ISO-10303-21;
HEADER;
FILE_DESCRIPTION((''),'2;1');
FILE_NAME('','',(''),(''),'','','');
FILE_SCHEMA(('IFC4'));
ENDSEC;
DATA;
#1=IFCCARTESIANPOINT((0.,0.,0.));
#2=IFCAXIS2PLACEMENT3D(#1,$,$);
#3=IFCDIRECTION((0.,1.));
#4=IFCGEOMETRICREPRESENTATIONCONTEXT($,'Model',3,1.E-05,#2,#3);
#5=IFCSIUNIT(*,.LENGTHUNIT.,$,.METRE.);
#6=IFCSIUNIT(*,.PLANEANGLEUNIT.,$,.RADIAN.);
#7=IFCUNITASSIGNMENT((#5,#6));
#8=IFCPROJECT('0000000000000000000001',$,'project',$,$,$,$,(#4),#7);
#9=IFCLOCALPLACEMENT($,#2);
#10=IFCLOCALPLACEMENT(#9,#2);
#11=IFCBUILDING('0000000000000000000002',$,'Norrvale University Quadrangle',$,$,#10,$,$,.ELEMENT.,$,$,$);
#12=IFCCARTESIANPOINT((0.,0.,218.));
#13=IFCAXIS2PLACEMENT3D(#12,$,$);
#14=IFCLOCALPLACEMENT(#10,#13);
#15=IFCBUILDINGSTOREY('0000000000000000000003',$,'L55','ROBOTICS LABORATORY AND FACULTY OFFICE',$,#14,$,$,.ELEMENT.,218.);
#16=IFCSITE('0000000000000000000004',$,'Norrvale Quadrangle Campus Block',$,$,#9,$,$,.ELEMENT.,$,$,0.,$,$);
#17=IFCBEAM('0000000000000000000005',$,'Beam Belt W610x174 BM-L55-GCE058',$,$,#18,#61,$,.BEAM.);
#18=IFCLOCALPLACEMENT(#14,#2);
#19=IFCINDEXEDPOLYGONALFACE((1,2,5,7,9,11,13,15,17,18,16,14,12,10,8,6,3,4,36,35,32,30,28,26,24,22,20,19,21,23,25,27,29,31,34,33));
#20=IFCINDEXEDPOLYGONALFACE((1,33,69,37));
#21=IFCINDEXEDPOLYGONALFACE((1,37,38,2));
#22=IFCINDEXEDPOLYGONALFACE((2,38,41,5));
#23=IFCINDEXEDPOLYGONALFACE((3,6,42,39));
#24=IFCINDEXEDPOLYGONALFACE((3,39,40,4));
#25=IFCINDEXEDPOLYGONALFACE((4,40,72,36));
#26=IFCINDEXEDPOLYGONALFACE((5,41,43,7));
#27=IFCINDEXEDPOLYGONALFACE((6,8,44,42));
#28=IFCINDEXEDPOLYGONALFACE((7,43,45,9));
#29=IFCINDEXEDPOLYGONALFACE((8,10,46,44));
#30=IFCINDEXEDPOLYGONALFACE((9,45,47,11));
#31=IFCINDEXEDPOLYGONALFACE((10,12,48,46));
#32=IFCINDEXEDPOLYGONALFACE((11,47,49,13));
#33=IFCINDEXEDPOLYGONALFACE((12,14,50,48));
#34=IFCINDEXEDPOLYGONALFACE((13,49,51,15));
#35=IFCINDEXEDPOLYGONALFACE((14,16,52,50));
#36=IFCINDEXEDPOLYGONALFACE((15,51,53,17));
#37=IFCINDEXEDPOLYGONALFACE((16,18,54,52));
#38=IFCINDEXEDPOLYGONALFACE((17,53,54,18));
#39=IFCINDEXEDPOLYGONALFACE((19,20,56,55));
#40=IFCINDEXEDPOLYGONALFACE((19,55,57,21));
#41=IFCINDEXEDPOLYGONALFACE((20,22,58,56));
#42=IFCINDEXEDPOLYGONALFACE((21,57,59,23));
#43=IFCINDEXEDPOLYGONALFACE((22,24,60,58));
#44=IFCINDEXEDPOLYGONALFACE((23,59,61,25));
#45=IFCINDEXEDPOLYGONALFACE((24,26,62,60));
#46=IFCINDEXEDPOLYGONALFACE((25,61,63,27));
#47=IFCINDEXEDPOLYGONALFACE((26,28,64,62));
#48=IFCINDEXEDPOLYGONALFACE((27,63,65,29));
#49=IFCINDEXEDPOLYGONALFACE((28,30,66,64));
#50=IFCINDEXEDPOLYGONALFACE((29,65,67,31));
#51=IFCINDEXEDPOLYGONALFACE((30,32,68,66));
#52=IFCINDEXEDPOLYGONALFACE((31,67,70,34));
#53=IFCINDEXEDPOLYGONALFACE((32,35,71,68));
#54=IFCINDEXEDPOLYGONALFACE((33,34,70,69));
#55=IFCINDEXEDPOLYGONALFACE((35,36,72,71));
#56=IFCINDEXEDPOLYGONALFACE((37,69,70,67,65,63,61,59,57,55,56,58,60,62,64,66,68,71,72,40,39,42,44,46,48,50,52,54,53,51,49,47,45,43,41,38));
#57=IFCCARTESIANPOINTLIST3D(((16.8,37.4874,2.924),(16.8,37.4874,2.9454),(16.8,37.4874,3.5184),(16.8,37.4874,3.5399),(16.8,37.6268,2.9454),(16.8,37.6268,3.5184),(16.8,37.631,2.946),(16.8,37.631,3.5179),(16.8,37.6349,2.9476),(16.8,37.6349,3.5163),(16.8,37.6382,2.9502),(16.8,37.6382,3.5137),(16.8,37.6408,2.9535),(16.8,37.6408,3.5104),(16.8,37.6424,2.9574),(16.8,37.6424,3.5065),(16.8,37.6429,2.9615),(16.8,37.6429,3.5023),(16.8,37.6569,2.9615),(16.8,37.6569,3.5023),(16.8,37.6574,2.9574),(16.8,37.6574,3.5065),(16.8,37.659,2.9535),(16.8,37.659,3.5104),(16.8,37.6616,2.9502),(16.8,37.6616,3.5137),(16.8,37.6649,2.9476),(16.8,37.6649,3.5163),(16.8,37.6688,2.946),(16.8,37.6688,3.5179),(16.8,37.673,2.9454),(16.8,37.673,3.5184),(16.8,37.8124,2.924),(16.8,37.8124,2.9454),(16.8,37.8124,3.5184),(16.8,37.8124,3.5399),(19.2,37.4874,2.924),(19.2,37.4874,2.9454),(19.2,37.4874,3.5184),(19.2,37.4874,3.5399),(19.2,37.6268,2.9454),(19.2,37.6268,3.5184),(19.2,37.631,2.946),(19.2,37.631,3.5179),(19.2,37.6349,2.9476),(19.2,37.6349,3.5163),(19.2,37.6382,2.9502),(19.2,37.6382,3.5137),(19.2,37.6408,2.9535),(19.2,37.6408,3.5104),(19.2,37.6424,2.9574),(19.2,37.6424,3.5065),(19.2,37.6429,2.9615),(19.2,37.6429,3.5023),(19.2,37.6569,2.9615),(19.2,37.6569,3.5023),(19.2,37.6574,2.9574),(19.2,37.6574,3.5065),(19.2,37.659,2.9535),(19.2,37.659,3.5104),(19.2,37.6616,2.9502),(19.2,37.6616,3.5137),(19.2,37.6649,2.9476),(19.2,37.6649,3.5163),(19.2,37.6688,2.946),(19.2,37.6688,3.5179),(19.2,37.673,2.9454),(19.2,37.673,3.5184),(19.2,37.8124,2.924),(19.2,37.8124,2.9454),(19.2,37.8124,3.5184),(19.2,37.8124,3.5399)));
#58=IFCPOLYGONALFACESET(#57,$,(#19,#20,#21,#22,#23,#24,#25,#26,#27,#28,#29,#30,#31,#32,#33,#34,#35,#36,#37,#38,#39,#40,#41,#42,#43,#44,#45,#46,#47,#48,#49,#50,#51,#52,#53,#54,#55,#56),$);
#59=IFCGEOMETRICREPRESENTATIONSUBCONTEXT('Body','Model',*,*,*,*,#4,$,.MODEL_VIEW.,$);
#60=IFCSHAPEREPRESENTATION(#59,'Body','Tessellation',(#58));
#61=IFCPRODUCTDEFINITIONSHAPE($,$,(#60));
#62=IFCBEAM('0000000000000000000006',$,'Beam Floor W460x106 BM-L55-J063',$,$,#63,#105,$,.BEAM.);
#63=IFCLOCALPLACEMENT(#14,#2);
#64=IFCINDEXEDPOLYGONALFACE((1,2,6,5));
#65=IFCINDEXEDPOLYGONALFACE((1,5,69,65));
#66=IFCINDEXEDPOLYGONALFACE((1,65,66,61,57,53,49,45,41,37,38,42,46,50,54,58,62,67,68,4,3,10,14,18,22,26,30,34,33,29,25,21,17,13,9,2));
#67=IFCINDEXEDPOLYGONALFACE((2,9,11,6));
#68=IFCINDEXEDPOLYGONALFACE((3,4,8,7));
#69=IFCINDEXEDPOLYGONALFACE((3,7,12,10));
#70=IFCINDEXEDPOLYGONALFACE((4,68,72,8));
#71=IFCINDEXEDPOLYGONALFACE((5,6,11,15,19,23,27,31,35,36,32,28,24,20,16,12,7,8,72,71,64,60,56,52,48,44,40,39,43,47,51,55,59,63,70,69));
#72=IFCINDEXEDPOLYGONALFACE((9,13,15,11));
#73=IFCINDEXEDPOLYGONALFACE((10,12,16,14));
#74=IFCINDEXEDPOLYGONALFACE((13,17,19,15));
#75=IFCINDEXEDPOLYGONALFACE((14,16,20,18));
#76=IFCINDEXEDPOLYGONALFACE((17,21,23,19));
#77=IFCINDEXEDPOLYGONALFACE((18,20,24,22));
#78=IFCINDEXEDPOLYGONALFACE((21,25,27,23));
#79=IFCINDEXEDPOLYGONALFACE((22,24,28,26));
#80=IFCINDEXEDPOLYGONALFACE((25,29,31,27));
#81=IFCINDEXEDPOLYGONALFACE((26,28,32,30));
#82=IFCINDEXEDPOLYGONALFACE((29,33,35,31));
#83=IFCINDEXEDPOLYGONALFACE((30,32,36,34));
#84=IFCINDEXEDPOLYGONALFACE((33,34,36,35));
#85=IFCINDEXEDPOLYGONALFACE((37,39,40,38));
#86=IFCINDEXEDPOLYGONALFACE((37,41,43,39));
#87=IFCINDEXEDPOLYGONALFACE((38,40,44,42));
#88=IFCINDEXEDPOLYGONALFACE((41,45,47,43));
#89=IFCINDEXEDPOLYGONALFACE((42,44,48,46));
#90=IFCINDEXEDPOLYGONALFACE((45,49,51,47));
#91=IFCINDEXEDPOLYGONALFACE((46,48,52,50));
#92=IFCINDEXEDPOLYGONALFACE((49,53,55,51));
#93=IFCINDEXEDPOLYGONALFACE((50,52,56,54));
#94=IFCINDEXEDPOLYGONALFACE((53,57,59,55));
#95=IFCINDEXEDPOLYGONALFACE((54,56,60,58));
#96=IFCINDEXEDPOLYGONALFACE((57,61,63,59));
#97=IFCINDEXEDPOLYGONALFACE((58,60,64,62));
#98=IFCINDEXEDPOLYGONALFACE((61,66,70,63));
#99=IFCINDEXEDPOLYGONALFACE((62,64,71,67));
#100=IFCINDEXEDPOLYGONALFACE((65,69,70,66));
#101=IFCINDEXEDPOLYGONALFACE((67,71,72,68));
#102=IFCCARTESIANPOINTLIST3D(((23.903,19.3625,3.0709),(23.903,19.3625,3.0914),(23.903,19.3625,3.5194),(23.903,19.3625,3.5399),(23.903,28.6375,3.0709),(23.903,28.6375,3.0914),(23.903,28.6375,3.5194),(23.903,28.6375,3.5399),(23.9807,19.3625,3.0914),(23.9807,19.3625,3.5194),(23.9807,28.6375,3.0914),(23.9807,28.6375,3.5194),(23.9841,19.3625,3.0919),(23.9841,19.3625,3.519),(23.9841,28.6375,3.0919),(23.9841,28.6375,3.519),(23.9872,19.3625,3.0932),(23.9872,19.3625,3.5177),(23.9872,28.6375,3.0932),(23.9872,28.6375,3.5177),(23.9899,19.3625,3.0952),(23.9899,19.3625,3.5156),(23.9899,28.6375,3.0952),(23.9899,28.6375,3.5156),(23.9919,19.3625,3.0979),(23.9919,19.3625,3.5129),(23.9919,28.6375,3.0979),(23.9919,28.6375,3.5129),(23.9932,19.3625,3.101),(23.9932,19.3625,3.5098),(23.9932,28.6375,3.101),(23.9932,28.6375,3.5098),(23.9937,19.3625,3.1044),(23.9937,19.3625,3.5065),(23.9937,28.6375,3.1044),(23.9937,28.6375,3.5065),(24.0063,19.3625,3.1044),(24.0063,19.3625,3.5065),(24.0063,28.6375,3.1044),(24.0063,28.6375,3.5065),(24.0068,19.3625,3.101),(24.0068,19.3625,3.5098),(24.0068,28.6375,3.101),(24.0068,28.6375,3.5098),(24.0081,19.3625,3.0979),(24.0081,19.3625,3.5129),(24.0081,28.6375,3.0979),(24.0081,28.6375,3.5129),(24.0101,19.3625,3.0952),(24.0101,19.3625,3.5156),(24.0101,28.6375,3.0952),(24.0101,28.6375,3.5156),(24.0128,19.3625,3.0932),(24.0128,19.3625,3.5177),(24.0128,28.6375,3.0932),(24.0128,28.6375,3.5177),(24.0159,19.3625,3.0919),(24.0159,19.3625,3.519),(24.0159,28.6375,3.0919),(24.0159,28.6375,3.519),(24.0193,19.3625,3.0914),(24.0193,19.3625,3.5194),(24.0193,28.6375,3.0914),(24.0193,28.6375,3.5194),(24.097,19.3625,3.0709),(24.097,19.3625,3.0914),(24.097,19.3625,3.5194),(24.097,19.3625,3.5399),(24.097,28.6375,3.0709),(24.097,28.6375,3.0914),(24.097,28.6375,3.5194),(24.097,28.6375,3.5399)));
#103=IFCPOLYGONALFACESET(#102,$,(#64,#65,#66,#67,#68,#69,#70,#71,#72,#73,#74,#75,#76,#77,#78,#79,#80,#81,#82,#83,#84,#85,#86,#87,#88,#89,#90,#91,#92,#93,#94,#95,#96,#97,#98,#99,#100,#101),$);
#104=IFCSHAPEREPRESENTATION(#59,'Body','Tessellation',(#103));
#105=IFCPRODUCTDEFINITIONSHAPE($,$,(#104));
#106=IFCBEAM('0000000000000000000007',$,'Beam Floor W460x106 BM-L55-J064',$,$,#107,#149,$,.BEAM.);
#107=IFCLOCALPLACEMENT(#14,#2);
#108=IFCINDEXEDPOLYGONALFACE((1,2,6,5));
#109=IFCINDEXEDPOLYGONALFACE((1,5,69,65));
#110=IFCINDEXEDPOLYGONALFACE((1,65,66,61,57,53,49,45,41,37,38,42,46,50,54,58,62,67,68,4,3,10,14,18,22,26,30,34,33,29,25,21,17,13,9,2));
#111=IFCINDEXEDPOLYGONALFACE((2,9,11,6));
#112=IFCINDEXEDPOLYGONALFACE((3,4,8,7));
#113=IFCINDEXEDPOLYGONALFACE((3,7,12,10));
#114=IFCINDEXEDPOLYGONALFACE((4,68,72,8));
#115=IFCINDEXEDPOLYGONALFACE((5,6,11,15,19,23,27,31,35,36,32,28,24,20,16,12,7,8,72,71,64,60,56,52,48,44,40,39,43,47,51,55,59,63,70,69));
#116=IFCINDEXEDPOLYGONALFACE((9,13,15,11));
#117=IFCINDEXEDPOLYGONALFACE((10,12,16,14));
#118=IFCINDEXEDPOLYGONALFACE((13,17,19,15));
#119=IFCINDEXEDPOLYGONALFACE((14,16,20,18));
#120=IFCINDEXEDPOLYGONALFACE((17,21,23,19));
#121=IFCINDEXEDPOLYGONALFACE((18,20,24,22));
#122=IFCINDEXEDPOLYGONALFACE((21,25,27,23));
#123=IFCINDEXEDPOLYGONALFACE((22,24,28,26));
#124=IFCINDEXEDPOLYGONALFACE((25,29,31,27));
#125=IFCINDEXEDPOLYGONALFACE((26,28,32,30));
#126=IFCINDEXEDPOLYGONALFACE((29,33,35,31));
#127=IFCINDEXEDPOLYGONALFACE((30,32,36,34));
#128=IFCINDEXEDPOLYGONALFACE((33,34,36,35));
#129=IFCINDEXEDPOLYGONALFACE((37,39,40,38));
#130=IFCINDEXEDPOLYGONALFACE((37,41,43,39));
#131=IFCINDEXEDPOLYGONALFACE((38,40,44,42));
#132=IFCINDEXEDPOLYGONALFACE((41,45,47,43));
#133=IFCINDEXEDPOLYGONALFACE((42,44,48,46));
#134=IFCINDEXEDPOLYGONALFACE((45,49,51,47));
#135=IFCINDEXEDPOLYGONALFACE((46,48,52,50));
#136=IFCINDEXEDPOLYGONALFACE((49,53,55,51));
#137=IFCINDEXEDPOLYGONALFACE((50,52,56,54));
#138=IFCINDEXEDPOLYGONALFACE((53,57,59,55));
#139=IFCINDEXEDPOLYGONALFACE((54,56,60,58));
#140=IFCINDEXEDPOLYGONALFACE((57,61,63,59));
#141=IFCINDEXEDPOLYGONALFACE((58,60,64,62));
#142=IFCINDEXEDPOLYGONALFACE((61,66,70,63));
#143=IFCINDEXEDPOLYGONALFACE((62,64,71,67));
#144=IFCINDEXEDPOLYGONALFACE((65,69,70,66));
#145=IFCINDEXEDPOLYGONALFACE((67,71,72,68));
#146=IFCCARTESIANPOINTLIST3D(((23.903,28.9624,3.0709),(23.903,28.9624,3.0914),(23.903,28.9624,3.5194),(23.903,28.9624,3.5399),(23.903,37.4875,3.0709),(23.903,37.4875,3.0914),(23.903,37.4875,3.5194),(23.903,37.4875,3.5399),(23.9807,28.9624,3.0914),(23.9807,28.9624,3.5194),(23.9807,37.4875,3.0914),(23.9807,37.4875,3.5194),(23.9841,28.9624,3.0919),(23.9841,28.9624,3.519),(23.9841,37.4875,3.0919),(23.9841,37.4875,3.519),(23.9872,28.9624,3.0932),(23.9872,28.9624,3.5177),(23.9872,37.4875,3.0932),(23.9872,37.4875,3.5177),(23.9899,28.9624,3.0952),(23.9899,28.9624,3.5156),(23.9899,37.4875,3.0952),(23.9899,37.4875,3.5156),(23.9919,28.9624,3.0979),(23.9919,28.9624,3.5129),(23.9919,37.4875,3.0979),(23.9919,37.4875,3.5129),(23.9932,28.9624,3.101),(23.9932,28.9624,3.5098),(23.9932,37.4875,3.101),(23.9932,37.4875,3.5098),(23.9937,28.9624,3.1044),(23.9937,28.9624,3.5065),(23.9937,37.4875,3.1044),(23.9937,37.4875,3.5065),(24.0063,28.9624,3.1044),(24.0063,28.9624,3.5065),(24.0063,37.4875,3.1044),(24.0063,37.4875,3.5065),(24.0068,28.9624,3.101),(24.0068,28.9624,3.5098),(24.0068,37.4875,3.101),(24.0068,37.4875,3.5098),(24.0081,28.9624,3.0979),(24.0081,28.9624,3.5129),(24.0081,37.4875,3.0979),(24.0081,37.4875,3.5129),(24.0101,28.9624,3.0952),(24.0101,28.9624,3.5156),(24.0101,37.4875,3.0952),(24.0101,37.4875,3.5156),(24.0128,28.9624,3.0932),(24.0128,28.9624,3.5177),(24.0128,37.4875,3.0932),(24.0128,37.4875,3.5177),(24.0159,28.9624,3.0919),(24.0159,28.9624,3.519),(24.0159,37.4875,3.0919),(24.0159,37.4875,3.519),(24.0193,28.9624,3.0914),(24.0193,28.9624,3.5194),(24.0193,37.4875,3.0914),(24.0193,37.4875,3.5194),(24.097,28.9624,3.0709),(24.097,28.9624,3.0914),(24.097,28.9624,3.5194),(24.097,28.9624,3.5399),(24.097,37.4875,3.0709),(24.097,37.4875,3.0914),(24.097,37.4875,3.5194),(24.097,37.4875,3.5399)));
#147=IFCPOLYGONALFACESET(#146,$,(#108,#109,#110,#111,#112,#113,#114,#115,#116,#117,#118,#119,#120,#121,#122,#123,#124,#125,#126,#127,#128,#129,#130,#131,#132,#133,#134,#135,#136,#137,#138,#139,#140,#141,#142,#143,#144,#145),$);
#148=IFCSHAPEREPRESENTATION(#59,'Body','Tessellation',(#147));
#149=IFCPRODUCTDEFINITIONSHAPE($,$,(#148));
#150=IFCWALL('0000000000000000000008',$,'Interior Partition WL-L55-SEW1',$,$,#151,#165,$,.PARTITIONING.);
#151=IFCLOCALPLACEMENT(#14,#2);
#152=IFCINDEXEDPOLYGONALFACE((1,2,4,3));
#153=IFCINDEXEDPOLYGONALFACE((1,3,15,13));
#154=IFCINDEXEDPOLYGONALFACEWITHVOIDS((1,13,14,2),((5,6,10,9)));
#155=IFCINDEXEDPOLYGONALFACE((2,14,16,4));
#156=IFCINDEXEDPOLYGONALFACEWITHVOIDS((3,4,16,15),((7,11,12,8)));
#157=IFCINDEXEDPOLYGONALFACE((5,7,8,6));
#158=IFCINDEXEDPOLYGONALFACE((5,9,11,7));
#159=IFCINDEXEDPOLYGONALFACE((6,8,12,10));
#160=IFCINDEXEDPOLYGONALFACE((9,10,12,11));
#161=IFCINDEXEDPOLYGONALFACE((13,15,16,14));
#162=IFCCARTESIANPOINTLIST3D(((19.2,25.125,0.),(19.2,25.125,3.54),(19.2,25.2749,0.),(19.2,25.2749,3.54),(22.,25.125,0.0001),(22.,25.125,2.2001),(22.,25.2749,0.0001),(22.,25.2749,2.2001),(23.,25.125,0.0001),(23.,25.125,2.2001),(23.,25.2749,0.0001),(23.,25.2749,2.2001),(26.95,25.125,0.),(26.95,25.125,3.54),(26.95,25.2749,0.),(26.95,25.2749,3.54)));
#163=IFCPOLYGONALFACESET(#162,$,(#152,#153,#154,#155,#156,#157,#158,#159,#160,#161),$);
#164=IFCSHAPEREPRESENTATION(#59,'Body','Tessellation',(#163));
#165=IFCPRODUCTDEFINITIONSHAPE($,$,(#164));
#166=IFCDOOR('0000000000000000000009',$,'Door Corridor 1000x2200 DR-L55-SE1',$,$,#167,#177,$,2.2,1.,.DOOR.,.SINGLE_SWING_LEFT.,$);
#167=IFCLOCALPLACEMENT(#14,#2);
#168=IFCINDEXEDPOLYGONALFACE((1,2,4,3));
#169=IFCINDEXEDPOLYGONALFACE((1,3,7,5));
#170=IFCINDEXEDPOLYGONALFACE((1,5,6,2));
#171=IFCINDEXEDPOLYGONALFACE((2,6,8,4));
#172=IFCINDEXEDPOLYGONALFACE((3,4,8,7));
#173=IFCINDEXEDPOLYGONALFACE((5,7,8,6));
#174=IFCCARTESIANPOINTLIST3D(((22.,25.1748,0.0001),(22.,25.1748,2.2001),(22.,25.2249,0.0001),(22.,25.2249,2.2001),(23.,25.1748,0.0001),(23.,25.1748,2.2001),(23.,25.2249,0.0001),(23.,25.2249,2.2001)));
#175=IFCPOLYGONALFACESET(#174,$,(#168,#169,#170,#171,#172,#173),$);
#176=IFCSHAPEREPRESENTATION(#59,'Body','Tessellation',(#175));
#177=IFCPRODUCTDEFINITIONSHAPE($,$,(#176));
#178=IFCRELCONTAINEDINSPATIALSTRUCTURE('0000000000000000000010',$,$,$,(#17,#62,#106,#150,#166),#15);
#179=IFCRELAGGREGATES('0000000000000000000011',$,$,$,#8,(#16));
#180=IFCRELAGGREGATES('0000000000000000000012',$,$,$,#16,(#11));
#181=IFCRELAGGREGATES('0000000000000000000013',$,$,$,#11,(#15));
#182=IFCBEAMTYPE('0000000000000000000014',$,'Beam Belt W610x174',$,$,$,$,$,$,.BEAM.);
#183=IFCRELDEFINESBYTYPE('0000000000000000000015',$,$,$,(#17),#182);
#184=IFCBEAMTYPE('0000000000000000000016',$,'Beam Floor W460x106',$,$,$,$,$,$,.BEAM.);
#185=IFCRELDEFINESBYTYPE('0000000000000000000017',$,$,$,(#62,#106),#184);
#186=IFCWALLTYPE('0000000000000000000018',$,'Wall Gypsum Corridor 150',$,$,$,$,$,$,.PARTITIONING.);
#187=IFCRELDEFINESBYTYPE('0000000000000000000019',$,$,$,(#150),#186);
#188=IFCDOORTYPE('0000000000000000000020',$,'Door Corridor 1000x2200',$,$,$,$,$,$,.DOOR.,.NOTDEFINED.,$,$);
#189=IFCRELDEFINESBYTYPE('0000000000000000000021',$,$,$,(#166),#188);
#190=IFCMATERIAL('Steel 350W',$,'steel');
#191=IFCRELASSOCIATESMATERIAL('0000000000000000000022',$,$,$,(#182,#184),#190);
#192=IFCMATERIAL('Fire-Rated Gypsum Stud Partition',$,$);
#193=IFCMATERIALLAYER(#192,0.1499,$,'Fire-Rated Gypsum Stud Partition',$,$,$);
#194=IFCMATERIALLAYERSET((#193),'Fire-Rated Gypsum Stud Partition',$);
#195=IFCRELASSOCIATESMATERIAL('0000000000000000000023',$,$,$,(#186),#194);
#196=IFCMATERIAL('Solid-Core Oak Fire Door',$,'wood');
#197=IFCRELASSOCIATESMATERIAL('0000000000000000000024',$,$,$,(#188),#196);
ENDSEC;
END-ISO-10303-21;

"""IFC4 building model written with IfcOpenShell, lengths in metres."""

from ifc_helpers import new_model, si_unit, direction, frame, frame_2d, origin, origin_2d, place, context, subcontext, project, spatial, rectangle, i_section, extrude, material, layer, layer_set, material_profile, profile_set, type_object, element, fill, save


model = new_model("IFC4")

# Units and contexts
model_context = context("Model", 3, precision=1e-05, world=origin(), true_north=direction((0.0, 1.0)))
body_context = subcontext(model_context, "Body", "Model", "MODEL_VIEW")
ifc_project = project(units=[si_unit("LENGTHUNIT", "METRE"), si_unit("PLANEANGLEUNIT", "RADIAN")], contexts=[model_context])

# Site, building, storey
site_placement = place(None, origin())
site = spatial("IfcSite", under=ifc_project, at=site_placement, Name="Norrvale Quadrangle Campus Block", CompositionType="ELEMENT", RefElevation=0.0)
building_placement = place(site_placement, origin())
building = spatial("IfcBuilding", under=site, at=building_placement, Name="Norrvale University Quadrangle", CompositionType="ELEMENT")
storey_placement = place(building_placement, frame((0.0, 0.0, 218.0)))
storey = spatial("IfcBuildingStorey", under=building, at=storey_placement, Name="L55", Description="ROBOTICS LABORATORY AND FACULTY OFFICE", CompositionType="ELEMENT", Elevation=218.0)

# Beams
ifc_material_1 = material(Name="Steel 350W", Category="steel")
ifc_material_profile_1 = material_profile(ifc_material_1, i_section(OverallWidth=0.325, OverallDepth=0.616, WebThickness=0.0139, FlangeThickness=0.0215, FilletRadius=0.0161, at=origin_2d()), Name="Steel 350W")
ifc_profile_set_1 = profile_set([ifc_material_profile_1], Name="Steel 350W")
beam_type_1 = type_object("IfcBeamType", Name="Beam Belt W610x174", PredefinedType="BEAM", material=ifc_profile_set_1)
for number, where, z_axis, x_axis, name in (
    (1, (16.8, 37.6499, 3.2319), (1.0, 0.0, 0.0), (0.0, 1.0, 0.0), "Beam Belt W610x174 BM-L55-GCE058"),
):
    element("IfcBeam", number, at=place(storey_placement, frame(where, z_axis=z_axis, x_axis=x_axis)), inside=storey, type_object=beam_type_1, Name=name, PredefinedType="BEAM", context=body_context, shape_type="SweptSolid", body=[
        extrude(i_section(OverallWidth=0.325, OverallDepth=0.616, WebThickness=0.0139, FlangeThickness=0.0215, FilletRadius=0.0161, at=origin_2d()), origin(), (0.0, 0.0, 1.0), 2.3999),
    ])
ifc_material_profile_2 = material_profile(ifc_material_1, i_section(OverallWidth=0.1941, OverallDepth=0.469, WebThickness=0.0127, FlangeThickness=0.0205, FilletRadius=0.0129, at=origin_2d()), Name="Steel 350W")
ifc_profile_set_2 = profile_set([ifc_material_profile_2], Name="Steel 350W")
beam_type_2 = type_object("IfcBeamType", Name="Beam Floor W460x106", PredefinedType="BEAM", material=ifc_profile_set_2)
beam_1_placement = place(storey_placement, frame((24.0, 19.3625, 3.3054), z_axis=(0.0, 1.0, 0.0), x_axis=(-1.0, 0.0, 0.0)))
element("IfcBeam", 2, at=beam_1_placement, inside=storey, type_object=beam_type_2, Name="Beam Floor W460x106 BM-L55-J063", PredefinedType="BEAM", context=body_context, shape_type="SweptSolid", body=[
    extrude(i_section(OverallWidth=0.1941, OverallDepth=0.469, WebThickness=0.0127, FlangeThickness=0.0205, FilletRadius=0.0129, at=origin_2d()), origin(), (0.0, 0.0, 1.0), 9.2749),
])
beam_2_placement = place(storey_placement, frame((24.0, 28.9624, 3.3054), z_axis=(0.0, 1.0, 0.0), x_axis=(-1.0, 0.0, 0.0)))
element("IfcBeam", 3, at=beam_2_placement, inside=storey, type_object=beam_type_2, Name="Beam Floor W460x106 BM-L55-J064", PredefinedType="BEAM", context=body_context, shape_type="SweptSolid", body=[
    extrude(i_section(OverallWidth=0.1941, OverallDepth=0.469, WebThickness=0.0127, FlangeThickness=0.0205, FilletRadius=0.0129, at=origin_2d()), origin(), (0.0, 0.0, 1.0), 8.5251),
])

# Wall, opening, door
ifc_material_2 = material(Name="Fire-Rated Gypsum Stud Partition")
ifc_layer_1 = layer(ifc_material_2, 0.1499, Name="Fire-Rated Gypsum Stud Partition")
ifc_layer_set_1 = layer_set([ifc_layer_1], Name="Fire-Rated Gypsum Stud Partition")
wall_type_1 = type_object("IfcWallType", Name="Wall Gypsum Corridor 150", PredefinedType="PARTITIONING", material=ifc_layer_set_1)
wall_1_placement = place(storey_placement, frame((19.2, 25.2, 0.0), z_axis=(0.0, 0.0, 1.0), x_axis=(1.0, 0.0, 0.0)))
wall_1 = element("IfcWall", 4, at=wall_1_placement, inside=storey, type_object=wall_type_1, Name="Interior Partition WL-L55-SEW1", PredefinedType="PARTITIONING", context=body_context, shape_type="SweptSolid", body=[
    extrude(rectangle(XDim=7.75, YDim=0.1499, at=frame_2d((3.875, 0.0))), origin(), (0.0, 0.0, 1.0), 3.54),
])
opening_1_placement = place(wall_1_placement, frame((2.8, 0.0, 0.0)))
opening_1 = element("IfcOpeningElement", 5, at=opening_1_placement, cuts=wall_1, PredefinedType="OPENING", context=body_context, shape_type="SweptSolid", body=[
    extrude(rectangle(XDim=1.0, YDim=2.2, at=frame_2d((0.5, 1.1001))), frame((0.0, 0.0869, 0.0), z_axis=(0.0, -1.0, 0.0), x_axis=(1.0, 0.0, 0.0)), (0.0, 0.0, 1.0), 0.1738),
])
ifc_material_3 = material(Name="Solid-Core Oak Fire Door", Category="wood")
door_type_1 = type_object("IfcDoorType", Name="Door Corridor 1000x2200", OperationType="NOTDEFINED", PredefinedType="DOOR", material=ifc_material_3)
door_1_placement = place(opening_1_placement, origin())
door_1 = element("IfcDoor", 6, at=door_1_placement, inside=storey, type_object=door_type_1, Name="Door Corridor 1000x2200 DR-L55-SE1", OperationType="SINGLE_SWING_LEFT", OverallHeight=2.2, OverallWidth=1.0, PredefinedType="DOOR", context=body_context, shape_type="SweptSolid", body=[
    extrude(rectangle(XDim=1.0, YDim=2.2, at=frame_2d((0.5, 1.1001))), frame((0.0, 0.0249, 0.0), z_axis=(0.0, -1.0, 0.0), x_axis=(1.0, 0.0, 0.0)), (0.0, 0.0, 1.0), 0.05),
])
fill(opening_1, door_1)

save(model, "model.ifc")
